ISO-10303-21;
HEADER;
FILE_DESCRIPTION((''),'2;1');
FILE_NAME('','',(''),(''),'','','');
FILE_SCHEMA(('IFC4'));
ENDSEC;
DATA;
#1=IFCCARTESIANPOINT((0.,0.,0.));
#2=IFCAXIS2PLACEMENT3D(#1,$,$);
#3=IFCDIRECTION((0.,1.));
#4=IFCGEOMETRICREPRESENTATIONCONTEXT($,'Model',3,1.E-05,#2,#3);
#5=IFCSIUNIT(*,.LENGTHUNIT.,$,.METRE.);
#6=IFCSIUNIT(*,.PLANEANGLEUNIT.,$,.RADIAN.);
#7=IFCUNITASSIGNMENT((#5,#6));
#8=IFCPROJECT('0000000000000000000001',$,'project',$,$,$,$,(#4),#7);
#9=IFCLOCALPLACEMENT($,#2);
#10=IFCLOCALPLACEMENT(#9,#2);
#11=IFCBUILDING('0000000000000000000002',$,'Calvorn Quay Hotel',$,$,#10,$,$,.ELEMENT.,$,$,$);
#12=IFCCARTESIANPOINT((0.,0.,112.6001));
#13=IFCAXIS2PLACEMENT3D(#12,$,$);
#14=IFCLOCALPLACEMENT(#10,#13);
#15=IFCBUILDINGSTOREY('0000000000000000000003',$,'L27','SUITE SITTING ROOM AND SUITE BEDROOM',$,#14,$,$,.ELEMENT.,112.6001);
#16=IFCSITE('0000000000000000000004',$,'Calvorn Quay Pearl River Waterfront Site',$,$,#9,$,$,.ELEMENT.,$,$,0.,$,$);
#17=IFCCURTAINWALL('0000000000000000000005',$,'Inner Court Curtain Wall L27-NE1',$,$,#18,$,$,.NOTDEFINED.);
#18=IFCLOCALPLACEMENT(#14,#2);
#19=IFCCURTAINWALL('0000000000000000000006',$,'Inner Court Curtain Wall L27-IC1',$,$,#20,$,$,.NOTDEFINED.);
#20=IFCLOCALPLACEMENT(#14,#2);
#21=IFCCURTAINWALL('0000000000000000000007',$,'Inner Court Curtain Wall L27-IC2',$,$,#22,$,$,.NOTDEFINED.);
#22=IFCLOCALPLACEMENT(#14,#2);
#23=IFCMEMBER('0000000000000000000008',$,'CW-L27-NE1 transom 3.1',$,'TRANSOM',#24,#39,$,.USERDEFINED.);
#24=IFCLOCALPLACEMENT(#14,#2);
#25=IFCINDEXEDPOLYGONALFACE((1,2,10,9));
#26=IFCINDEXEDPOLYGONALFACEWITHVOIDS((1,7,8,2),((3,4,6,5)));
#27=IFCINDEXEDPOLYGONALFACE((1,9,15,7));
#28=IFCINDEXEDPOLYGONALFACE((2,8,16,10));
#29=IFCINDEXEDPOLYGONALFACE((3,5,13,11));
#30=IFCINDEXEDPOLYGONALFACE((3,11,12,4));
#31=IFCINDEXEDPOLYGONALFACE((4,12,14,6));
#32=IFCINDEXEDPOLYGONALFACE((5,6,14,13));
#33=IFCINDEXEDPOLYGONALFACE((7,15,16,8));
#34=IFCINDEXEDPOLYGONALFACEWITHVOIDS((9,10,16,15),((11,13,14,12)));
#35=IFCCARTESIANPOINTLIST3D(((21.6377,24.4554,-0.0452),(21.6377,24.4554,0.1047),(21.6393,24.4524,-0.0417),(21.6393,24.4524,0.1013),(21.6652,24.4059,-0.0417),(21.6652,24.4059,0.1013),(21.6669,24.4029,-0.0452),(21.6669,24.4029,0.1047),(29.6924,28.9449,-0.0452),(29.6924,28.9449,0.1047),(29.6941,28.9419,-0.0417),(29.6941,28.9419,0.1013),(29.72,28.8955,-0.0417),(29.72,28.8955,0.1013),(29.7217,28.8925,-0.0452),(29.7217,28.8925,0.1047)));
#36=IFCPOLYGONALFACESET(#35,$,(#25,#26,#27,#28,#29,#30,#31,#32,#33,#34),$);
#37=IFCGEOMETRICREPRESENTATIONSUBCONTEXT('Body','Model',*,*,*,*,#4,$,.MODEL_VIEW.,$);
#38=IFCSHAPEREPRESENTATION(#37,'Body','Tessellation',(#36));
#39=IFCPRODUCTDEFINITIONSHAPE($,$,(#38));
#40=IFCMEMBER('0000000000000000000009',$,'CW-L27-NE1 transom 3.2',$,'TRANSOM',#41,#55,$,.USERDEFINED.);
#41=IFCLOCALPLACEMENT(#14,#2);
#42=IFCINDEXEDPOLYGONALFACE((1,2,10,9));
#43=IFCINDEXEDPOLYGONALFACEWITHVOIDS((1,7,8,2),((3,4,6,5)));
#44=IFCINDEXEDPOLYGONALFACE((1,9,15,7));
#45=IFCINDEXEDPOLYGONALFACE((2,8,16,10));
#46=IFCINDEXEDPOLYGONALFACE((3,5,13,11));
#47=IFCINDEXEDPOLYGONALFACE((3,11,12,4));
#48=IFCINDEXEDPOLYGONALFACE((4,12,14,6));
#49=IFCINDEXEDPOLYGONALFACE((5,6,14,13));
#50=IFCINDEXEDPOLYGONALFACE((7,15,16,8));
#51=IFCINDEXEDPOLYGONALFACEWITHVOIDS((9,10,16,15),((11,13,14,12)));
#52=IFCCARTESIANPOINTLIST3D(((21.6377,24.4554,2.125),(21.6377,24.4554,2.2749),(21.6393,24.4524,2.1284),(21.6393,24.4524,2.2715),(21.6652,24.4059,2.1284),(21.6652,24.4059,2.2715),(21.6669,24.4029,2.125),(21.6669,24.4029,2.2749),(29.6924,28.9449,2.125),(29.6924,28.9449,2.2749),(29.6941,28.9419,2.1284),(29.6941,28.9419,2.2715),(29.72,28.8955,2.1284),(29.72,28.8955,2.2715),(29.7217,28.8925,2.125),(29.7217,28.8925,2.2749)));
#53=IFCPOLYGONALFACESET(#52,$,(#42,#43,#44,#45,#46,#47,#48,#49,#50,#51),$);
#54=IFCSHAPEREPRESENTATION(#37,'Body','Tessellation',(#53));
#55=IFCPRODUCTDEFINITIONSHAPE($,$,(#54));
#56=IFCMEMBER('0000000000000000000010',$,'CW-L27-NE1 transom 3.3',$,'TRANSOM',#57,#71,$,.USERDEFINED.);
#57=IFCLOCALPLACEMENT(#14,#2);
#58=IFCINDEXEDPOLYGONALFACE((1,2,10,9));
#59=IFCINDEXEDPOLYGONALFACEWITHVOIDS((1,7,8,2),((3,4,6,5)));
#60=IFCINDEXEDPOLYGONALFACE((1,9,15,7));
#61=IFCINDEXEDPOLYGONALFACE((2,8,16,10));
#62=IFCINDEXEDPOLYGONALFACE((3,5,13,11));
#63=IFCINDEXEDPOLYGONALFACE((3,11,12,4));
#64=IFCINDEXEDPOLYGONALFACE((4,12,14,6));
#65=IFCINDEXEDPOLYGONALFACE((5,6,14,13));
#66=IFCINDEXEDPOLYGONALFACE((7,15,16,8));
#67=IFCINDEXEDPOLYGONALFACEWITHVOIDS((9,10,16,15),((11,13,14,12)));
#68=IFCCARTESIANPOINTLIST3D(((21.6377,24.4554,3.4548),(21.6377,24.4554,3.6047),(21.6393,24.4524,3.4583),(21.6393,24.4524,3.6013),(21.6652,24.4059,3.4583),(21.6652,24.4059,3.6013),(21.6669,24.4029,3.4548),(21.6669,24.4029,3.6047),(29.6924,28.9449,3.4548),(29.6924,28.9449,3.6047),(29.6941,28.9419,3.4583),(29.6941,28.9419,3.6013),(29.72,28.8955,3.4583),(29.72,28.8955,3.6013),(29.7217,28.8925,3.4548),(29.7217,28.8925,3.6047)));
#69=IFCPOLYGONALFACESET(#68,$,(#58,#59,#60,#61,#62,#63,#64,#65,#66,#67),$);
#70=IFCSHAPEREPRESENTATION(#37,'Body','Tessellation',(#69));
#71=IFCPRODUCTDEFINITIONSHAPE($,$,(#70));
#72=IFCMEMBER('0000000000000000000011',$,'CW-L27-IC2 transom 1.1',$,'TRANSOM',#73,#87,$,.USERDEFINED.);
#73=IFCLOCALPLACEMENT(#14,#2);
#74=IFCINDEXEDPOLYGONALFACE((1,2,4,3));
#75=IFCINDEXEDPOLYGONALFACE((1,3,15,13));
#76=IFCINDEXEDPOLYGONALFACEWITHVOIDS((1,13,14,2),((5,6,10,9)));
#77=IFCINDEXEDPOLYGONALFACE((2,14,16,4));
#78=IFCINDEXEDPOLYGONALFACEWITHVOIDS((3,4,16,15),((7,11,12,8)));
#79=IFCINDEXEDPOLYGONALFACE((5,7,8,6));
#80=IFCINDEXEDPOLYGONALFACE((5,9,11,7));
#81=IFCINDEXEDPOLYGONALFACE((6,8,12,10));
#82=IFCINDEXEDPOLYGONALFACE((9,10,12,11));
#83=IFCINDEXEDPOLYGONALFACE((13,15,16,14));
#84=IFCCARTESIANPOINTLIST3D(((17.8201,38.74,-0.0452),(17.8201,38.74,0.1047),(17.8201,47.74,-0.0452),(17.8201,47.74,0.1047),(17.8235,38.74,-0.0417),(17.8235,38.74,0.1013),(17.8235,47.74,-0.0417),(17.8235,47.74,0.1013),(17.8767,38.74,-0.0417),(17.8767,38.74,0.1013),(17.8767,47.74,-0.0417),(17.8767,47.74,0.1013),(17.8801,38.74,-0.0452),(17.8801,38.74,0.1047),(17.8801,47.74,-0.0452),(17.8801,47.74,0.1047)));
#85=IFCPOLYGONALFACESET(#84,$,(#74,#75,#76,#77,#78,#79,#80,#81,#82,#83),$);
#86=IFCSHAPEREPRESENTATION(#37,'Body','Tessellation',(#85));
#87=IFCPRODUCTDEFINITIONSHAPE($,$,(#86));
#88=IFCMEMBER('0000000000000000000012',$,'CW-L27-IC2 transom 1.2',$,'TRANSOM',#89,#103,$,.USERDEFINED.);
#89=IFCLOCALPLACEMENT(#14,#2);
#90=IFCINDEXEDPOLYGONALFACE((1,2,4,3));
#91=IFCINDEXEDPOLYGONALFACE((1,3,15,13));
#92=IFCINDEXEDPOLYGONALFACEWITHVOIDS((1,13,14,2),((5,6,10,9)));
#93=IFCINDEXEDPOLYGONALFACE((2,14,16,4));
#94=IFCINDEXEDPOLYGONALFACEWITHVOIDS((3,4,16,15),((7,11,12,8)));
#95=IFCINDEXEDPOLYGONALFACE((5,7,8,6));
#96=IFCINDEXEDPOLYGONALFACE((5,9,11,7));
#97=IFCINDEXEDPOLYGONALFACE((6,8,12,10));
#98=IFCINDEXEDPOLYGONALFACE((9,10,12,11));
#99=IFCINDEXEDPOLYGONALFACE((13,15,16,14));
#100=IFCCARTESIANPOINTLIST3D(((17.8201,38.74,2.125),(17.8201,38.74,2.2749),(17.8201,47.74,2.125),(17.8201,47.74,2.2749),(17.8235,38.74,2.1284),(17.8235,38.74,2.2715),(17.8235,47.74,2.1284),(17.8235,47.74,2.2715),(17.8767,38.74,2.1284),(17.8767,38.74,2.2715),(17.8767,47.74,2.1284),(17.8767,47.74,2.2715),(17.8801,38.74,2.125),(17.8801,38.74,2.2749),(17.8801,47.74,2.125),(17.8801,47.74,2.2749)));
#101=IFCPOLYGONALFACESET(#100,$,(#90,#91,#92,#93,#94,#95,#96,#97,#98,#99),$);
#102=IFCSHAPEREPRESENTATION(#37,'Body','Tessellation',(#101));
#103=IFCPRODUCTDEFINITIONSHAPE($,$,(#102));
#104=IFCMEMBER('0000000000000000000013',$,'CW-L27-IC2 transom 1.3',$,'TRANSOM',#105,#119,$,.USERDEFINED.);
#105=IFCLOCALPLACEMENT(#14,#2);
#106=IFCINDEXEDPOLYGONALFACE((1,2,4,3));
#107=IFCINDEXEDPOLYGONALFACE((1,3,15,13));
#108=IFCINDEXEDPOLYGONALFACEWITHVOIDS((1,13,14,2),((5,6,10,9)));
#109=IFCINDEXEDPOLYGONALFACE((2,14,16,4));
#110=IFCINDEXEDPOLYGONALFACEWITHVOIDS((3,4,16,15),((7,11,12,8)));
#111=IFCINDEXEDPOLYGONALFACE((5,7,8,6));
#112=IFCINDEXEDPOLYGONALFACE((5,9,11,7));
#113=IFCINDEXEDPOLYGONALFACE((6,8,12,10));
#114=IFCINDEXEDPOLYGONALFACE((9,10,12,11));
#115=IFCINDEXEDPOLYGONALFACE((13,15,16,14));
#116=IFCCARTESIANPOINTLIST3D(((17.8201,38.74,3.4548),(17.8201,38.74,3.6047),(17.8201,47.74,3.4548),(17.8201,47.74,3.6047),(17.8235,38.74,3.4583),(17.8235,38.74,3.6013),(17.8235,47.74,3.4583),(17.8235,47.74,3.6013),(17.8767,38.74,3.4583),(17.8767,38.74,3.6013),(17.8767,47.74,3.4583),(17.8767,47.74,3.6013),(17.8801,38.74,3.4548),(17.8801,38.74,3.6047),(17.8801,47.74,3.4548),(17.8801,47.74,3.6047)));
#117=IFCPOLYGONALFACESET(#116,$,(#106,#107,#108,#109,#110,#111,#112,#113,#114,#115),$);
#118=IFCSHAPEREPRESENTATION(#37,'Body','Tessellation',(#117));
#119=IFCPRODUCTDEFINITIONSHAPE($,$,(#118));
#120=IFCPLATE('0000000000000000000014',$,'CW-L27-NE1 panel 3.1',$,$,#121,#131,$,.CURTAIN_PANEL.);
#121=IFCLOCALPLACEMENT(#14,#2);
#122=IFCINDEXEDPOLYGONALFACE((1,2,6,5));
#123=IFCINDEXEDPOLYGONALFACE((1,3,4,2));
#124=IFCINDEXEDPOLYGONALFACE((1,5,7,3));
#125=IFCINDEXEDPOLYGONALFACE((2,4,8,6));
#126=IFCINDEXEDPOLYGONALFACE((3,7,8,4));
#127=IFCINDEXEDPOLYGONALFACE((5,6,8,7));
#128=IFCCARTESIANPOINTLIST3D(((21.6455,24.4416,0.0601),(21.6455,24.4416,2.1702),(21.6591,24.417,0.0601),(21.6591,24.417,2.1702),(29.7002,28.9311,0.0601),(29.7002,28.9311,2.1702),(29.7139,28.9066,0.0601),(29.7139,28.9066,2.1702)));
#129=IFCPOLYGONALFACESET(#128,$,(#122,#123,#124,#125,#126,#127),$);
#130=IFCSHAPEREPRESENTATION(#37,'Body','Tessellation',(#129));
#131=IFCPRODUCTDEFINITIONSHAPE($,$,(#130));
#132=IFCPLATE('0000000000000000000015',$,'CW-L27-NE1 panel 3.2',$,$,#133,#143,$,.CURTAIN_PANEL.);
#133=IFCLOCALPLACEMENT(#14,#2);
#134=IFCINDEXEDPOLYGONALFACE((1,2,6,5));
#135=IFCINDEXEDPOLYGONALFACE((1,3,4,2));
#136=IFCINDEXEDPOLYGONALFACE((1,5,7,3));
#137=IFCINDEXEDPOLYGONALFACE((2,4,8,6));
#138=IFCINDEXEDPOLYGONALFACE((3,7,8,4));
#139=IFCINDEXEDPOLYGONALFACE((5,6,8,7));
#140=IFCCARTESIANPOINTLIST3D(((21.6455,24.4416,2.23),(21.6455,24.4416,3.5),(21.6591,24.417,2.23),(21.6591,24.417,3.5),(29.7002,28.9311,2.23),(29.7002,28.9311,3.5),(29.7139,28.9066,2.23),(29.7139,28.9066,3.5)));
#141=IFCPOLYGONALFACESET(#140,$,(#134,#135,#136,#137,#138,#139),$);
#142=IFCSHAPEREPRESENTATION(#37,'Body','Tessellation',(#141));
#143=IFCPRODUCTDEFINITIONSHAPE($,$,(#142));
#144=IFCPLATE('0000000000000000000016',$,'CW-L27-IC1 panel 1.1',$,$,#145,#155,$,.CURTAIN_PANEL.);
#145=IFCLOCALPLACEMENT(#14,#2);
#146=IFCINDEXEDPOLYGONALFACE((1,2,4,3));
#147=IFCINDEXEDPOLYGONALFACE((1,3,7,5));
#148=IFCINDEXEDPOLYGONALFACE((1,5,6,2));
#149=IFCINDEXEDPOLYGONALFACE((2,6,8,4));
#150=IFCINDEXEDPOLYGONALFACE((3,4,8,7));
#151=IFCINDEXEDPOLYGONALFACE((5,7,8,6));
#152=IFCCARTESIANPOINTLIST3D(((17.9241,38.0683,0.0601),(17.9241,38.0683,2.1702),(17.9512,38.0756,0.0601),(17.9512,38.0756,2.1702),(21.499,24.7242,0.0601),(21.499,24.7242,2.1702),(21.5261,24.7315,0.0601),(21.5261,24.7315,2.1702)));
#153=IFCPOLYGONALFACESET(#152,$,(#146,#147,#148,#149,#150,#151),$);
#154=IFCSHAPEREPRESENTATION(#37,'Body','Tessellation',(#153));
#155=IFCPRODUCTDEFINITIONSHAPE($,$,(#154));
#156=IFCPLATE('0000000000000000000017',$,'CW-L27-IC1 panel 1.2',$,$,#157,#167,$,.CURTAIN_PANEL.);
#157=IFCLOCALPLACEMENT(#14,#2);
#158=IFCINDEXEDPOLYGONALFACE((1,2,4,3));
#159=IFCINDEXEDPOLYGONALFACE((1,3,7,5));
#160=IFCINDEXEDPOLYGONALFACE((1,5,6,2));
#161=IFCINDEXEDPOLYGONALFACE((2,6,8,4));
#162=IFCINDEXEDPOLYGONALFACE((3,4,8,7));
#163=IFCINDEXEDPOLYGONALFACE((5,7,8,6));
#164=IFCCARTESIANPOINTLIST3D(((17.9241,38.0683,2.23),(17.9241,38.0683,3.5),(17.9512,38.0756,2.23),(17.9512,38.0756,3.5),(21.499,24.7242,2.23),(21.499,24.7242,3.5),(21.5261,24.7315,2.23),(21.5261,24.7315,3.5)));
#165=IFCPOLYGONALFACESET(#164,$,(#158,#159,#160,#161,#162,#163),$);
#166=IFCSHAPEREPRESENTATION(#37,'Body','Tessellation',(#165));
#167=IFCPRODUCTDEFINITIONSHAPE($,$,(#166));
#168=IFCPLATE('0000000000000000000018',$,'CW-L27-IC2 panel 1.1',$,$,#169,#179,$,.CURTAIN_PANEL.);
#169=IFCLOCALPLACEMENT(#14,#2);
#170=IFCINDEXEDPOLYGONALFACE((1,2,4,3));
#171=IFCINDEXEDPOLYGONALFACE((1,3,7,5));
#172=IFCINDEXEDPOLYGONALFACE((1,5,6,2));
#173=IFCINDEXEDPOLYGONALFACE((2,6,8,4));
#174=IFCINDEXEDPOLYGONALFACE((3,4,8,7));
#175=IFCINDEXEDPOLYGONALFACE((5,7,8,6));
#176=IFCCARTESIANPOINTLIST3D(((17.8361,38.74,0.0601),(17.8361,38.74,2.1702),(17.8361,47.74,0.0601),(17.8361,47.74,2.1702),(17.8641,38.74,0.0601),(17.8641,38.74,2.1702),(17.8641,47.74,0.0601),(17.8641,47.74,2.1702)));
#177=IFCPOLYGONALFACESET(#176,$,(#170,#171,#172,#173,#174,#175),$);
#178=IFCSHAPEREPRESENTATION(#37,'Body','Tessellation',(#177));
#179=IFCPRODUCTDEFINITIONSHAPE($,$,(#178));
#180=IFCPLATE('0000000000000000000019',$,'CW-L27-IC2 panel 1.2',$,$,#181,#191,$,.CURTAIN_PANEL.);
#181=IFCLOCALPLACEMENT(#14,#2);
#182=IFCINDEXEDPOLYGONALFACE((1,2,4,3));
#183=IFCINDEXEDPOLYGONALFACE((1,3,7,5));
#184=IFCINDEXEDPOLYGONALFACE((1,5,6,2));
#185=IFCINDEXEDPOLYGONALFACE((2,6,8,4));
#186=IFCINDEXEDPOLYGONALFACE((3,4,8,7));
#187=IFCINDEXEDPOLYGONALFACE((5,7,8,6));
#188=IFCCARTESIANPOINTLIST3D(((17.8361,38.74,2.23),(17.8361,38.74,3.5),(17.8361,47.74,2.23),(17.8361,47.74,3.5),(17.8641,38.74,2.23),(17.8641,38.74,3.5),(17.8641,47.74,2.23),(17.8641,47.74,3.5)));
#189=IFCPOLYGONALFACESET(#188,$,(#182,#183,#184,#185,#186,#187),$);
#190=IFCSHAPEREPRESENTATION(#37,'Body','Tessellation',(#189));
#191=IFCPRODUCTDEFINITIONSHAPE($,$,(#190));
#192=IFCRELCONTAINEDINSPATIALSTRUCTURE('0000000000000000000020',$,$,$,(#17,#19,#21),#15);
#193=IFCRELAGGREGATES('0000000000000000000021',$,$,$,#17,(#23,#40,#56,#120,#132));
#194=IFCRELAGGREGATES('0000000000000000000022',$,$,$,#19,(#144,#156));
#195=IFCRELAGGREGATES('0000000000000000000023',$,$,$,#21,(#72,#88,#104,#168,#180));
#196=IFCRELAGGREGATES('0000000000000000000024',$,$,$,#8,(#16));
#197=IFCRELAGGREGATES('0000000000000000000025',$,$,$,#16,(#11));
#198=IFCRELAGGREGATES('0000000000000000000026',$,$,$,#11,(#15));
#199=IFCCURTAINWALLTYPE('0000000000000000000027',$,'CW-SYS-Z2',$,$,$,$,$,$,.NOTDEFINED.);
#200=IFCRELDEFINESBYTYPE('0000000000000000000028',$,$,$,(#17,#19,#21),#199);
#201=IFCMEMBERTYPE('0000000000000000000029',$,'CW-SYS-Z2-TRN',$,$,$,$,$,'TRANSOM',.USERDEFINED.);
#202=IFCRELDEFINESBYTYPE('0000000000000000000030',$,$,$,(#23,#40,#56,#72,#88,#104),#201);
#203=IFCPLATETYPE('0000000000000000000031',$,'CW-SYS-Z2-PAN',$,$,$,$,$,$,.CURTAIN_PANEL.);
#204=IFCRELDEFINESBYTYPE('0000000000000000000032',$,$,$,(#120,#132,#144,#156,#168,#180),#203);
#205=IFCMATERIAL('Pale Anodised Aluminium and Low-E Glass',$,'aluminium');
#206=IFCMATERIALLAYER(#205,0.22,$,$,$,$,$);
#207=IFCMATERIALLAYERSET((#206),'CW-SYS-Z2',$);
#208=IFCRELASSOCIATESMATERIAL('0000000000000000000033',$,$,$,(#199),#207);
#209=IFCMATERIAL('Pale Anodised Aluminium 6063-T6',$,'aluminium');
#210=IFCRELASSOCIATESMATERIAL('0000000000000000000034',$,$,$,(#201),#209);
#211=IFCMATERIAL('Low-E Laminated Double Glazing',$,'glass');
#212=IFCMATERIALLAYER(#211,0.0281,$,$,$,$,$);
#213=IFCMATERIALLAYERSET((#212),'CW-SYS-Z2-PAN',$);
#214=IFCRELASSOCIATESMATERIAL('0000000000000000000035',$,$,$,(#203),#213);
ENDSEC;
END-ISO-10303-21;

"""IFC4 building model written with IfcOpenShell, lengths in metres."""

from ifc_helpers import new_model, si_unit, direction, frame, origin, origin_2d, place, context, subcontext, project, spatial, rectangle, hollow_rectangle, extrude, material, layer, layer_set, material_profile, profile_set, type_object, element, aggregate, save


model = new_model("IFC4")

# Units and contexts
model_context = context("Model", 3, precision=1e-05, world=origin(), true_north=direction((0.0, 1.0)))
body_context = subcontext(model_context, "Body", "Model", "MODEL_VIEW")
ifc_project = project(units=[si_unit("LENGTHUNIT", "METRE"), si_unit("PLANEANGLEUNIT", "RADIAN")], contexts=[model_context])

# Site, building, storey
site_placement = place(None, origin())
site = spatial("IfcSite", under=ifc_project, at=site_placement, Name="Calvorn Quay Pearl River Waterfront Site", CompositionType="ELEMENT", RefElevation=0.0)
building_placement = place(site_placement, origin())
building = spatial("IfcBuilding", under=site, at=building_placement, Name="Calvorn Quay Hotel", CompositionType="ELEMENT")
storey_placement = place(building_placement, frame((0.0, 0.0, 112.6001)))
storey = spatial("IfcBuildingStorey", under=building, at=storey_placement, Name="L27", Description="SUITE SITTING ROOM AND SUITE BEDROOM", CompositionType="ELEMENT", Elevation=112.6001)

# Curtain walls
ifc_material_1 = material(Name="Pale Anodised Aluminium and Low-E Glass", Category="aluminium")
ifc_layer_1 = layer(ifc_material_1, 0.22)
ifc_layer_set_1 = layer_set([ifc_layer_1], Name="CW-SYS-Z2")
curtain_wall_type = type_object("IfcCurtainWallType", Name="CW-SYS-Z2", PredefinedType="NOTDEFINED", material=ifc_layer_set_1)
curtain_wall_1_placement = place(storey_placement, origin())
curtain_wall_1 = element("IfcCurtainWall", 1, at=curtain_wall_1_placement, inside=storey, type_object=curtain_wall_type, Name="Inner Court Curtain Wall L27-NE1", PredefinedType="NOTDEFINED")
curtain_wall_2_placement = place(storey_placement, origin())
curtain_wall_2 = element("IfcCurtainWall", 2, at=curtain_wall_2_placement, inside=storey, type_object=curtain_wall_type, Name="Inner Court Curtain Wall L27-IC1", PredefinedType="NOTDEFINED")

# Curtain wall
curtain_wall_3_placement = place(storey_placement, origin())
curtain_wall_3 = element("IfcCurtainWall", 3, at=curtain_wall_3_placement, inside=storey, type_object=curtain_wall_type, Name="Inner Court Curtain Wall L27-IC2", PredefinedType="NOTDEFINED")

# Members
ifc_material_2 = material(Name="Pale Anodised Aluminium 6063-T6", Category="aluminium")
ifc_material_profile_1 = material_profile(ifc_material_2, hollow_rectangle(XDim=0.0601, YDim=0.1499, WallThickness=0.0034, at=origin_2d()), Name="ALU-T150x60x3.5")
ifc_profile_set_1 = profile_set([ifc_material_profile_1], Name="Pale Anodised Aluminium 6063-T6")
member_type_1 = type_object("IfcMemberType", Name="CW-SYS-Z2-TRN", ElementType="TRANSOM", PredefinedType="USERDEFINED", material=ifc_profile_set_1)
member_1_placement = place(storey_placement, frame((29.707, 28.9187, 0.0298), z_axis=(-0.873481, -0.486859, 0.0), x_axis=(0.486859, -0.873481, 0.0)))
member_1 = element("IfcMember", 4, at=member_1_placement, type_object=member_type_1, Name="CW-L27-NE1 transom 3.1", ObjectType="TRANSOM", PredefinedType="USERDEFINED", context=body_context, shape_type="SweptSolid", body=[
    extrude(hollow_rectangle(XDim=0.0601, YDim=0.1499, WallThickness=0.0034, at=origin_2d()), origin(), (0.0, 0.0, 1.0), 9.2214),
])
member_2_placement = place(storey_placement, frame((29.707, 28.9187, 2.2), z_axis=(-0.873481, -0.486859, 0.0), x_axis=(0.486859, -0.873481, 0.0)))
member_2 = element("IfcMember", 5, at=member_2_placement, type_object=member_type_1, Name="CW-L27-NE1 transom 3.2", ObjectType="TRANSOM", PredefinedType="USERDEFINED", context=body_context, shape_type="SweptSolid", body=[
    extrude(hollow_rectangle(XDim=0.0601, YDim=0.1499, WallThickness=0.0034, at=origin_2d()), origin(), (0.0, 0.0, 1.0), 9.2214),
])
member_3_placement = place(storey_placement, frame((29.707, 28.9187, 3.5298), z_axis=(-0.873481, -0.486859, 0.0), x_axis=(0.486859, -0.873481, 0.0)))
member_3 = element("IfcMember", 6, at=member_3_placement, type_object=member_type_1, Name="CW-L27-NE1 transom 3.3", ObjectType="TRANSOM", PredefinedType="USERDEFINED", context=body_context, shape_type="SweptSolid", body=[
    extrude(hollow_rectangle(XDim=0.0601, YDim=0.1499, WallThickness=0.0034, at=origin_2d()), origin(), (0.0, 0.0, 1.0), 9.2214),
])
member_4_placement = place(storey_placement, frame((17.8501, 38.74, 0.0298), z_axis=(0.0, 1.0, 0.0), x_axis=(-1.0, 0.0, 0.0)))
member_4 = element("IfcMember", 7, at=member_4_placement, type_object=member_type_1, Name="CW-L27-IC2 transom 1.1", ObjectType="TRANSOM", PredefinedType="USERDEFINED", context=body_context, shape_type="SweptSolid", body=[
    extrude(hollow_rectangle(XDim=0.0601, YDim=0.1499, WallThickness=0.0034, at=origin_2d()), origin(), (0.0, 0.0, 1.0), 9.0),
])
member_5_placement = place(storey_placement, frame((17.8501, 38.74, 2.2), z_axis=(0.0, 1.0, 0.0), x_axis=(-1.0, 0.0, 0.0)))
member_5 = element("IfcMember", 8, at=member_5_placement, type_object=member_type_1, Name="CW-L27-IC2 transom 1.2", ObjectType="TRANSOM", PredefinedType="USERDEFINED", context=body_context, shape_type="SweptSolid", body=[
    extrude(hollow_rectangle(XDim=0.0601, YDim=0.1499, WallThickness=0.0034, at=origin_2d()), origin(), (0.0, 0.0, 1.0), 9.0),
])
member_6_placement = place(storey_placement, frame((17.8501, 38.74, 3.5298), z_axis=(0.0, 1.0, 0.0), x_axis=(-1.0, 0.0, 0.0)))
member_6 = element("IfcMember", 9, at=member_6_placement, type_object=member_type_1, Name="CW-L27-IC2 transom 1.3", ObjectType="TRANSOM", PredefinedType="USERDEFINED", context=body_context, shape_type="SweptSolid", body=[
    extrude(hollow_rectangle(XDim=0.0601, YDim=0.1499, WallThickness=0.0034, at=origin_2d()), origin(), (0.0, 0.0, 1.0), 9.0),
])

# Plates
ifc_material_3 = material(Name="Low-E Laminated Double Glazing", Category="glass")
ifc_layer_2 = layer(ifc_material_3, 0.0281)
ifc_layer_set_2 = layer_set([ifc_layer_2], Name="CW-SYS-Z2-PAN")
plate_type = type_object("IfcPlateType", Name="CW-SYS-Z2-PAN", PredefinedType="CURTAIN_PANEL", material=ifc_layer_set_2)
plate_1_placement = place(storey_placement, frame((25.6797, 26.6741, 0.0601), z_axis=(0.0, 0.0, 1.0), x_axis=(-0.873481, -0.486858, 0.0)))
plate_1 = element("IfcPlate", 10, at=plate_1_placement, type_object=plate_type, Name="CW-L27-NE1 panel 3.1", PredefinedType="CURTAIN_PANEL", context=body_context, shape_type="SweptSolid", body=[
    extrude(rectangle(XDim=9.2214, YDim=0.0281, at=origin_2d()), origin(), (0.0, 0.0, 1.0), 2.1101),
])
plate_2_placement = place(storey_placement, frame((25.6797, 26.6741, 2.23), z_axis=(0.0, 0.0, 1.0), x_axis=(-0.873481, -0.486858, 0.0)))
plate_2 = element("IfcPlate", 11, at=plate_2_placement, type_object=plate_type, Name="CW-L27-NE1 panel 3.2", PredefinedType="CURTAIN_PANEL", context=body_context, shape_type="SweptSolid", body=[
    extrude(rectangle(XDim=9.2214, YDim=0.0281, at=origin_2d()), origin(), (0.0, 0.0, 1.0), 1.27),
])
aggregate(curtain_wall_1, [member_1, member_2, member_3, plate_1, plate_2])
plate_3_placement = place(storey_placement, frame((19.7251, 31.3999, 0.0601), z_axis=(0.0, 0.0, 1.0), x_axis=(-0.258779, 0.965937, 0.0)))
plate_3 = element("IfcPlate", 12, at=plate_3_placement, type_object=plate_type, Name="CW-L27-IC1 panel 1.1", PredefinedType="CURTAIN_PANEL", context=body_context, shape_type="SweptSolid", body=[
    extrude(rectangle(XDim=13.8147, YDim=0.0281, at=origin_2d()), origin(), (0.0, 0.0, 1.0), 2.1101),
])
plate_4_placement = place(storey_placement, frame((19.7251, 31.3999, 2.23), z_axis=(0.0, 0.0, 1.0), x_axis=(-0.258779, 0.965937, 0.0)))
plate_4 = element("IfcPlate", 13, at=plate_4_placement, type_object=plate_type, Name="CW-L27-IC1 panel 1.2", PredefinedType="CURTAIN_PANEL", context=body_context, shape_type="SweptSolid", body=[
    extrude(rectangle(XDim=13.8147, YDim=0.0281, at=origin_2d()), origin(), (0.0, 0.0, 1.0), 1.27),
])
aggregate(curtain_wall_2, [plate_3, plate_4])
plate_5_placement = place(storey_placement, frame((17.8501, 43.24, 0.0601), z_axis=(0.0, 0.0, 1.0), x_axis=(0.0, 1.0, 0.0)))
plate_5 = element("IfcPlate", 14, at=plate_5_placement, type_object=plate_type, Name="CW-L27-IC2 panel 1.1", PredefinedType="CURTAIN_PANEL", context=body_context, shape_type="SweptSolid", body=[
    extrude(rectangle(XDim=9.0, YDim=0.0281, at=origin_2d()), origin(), (0.0, 0.0, 1.0), 2.1101),
])
plate_6_placement = place(storey_placement, frame((17.8501, 43.24, 2.23), z_axis=(0.0, 0.0, 1.0), x_axis=(0.0, 1.0, 0.0)))
plate_6 = element("IfcPlate", 15, at=plate_6_placement, type_object=plate_type, Name="CW-L27-IC2 panel 1.2", PredefinedType="CURTAIN_PANEL", context=body_context, shape_type="SweptSolid", body=[
    extrude(rectangle(XDim=9.0, YDim=0.0281, at=origin_2d()), origin(), (0.0, 0.0, 1.0), 1.27),
])
aggregate(curtain_wall_3, [member_4, member_5, member_6, plate_5, plate_6])

save(model, "model.ifc")
